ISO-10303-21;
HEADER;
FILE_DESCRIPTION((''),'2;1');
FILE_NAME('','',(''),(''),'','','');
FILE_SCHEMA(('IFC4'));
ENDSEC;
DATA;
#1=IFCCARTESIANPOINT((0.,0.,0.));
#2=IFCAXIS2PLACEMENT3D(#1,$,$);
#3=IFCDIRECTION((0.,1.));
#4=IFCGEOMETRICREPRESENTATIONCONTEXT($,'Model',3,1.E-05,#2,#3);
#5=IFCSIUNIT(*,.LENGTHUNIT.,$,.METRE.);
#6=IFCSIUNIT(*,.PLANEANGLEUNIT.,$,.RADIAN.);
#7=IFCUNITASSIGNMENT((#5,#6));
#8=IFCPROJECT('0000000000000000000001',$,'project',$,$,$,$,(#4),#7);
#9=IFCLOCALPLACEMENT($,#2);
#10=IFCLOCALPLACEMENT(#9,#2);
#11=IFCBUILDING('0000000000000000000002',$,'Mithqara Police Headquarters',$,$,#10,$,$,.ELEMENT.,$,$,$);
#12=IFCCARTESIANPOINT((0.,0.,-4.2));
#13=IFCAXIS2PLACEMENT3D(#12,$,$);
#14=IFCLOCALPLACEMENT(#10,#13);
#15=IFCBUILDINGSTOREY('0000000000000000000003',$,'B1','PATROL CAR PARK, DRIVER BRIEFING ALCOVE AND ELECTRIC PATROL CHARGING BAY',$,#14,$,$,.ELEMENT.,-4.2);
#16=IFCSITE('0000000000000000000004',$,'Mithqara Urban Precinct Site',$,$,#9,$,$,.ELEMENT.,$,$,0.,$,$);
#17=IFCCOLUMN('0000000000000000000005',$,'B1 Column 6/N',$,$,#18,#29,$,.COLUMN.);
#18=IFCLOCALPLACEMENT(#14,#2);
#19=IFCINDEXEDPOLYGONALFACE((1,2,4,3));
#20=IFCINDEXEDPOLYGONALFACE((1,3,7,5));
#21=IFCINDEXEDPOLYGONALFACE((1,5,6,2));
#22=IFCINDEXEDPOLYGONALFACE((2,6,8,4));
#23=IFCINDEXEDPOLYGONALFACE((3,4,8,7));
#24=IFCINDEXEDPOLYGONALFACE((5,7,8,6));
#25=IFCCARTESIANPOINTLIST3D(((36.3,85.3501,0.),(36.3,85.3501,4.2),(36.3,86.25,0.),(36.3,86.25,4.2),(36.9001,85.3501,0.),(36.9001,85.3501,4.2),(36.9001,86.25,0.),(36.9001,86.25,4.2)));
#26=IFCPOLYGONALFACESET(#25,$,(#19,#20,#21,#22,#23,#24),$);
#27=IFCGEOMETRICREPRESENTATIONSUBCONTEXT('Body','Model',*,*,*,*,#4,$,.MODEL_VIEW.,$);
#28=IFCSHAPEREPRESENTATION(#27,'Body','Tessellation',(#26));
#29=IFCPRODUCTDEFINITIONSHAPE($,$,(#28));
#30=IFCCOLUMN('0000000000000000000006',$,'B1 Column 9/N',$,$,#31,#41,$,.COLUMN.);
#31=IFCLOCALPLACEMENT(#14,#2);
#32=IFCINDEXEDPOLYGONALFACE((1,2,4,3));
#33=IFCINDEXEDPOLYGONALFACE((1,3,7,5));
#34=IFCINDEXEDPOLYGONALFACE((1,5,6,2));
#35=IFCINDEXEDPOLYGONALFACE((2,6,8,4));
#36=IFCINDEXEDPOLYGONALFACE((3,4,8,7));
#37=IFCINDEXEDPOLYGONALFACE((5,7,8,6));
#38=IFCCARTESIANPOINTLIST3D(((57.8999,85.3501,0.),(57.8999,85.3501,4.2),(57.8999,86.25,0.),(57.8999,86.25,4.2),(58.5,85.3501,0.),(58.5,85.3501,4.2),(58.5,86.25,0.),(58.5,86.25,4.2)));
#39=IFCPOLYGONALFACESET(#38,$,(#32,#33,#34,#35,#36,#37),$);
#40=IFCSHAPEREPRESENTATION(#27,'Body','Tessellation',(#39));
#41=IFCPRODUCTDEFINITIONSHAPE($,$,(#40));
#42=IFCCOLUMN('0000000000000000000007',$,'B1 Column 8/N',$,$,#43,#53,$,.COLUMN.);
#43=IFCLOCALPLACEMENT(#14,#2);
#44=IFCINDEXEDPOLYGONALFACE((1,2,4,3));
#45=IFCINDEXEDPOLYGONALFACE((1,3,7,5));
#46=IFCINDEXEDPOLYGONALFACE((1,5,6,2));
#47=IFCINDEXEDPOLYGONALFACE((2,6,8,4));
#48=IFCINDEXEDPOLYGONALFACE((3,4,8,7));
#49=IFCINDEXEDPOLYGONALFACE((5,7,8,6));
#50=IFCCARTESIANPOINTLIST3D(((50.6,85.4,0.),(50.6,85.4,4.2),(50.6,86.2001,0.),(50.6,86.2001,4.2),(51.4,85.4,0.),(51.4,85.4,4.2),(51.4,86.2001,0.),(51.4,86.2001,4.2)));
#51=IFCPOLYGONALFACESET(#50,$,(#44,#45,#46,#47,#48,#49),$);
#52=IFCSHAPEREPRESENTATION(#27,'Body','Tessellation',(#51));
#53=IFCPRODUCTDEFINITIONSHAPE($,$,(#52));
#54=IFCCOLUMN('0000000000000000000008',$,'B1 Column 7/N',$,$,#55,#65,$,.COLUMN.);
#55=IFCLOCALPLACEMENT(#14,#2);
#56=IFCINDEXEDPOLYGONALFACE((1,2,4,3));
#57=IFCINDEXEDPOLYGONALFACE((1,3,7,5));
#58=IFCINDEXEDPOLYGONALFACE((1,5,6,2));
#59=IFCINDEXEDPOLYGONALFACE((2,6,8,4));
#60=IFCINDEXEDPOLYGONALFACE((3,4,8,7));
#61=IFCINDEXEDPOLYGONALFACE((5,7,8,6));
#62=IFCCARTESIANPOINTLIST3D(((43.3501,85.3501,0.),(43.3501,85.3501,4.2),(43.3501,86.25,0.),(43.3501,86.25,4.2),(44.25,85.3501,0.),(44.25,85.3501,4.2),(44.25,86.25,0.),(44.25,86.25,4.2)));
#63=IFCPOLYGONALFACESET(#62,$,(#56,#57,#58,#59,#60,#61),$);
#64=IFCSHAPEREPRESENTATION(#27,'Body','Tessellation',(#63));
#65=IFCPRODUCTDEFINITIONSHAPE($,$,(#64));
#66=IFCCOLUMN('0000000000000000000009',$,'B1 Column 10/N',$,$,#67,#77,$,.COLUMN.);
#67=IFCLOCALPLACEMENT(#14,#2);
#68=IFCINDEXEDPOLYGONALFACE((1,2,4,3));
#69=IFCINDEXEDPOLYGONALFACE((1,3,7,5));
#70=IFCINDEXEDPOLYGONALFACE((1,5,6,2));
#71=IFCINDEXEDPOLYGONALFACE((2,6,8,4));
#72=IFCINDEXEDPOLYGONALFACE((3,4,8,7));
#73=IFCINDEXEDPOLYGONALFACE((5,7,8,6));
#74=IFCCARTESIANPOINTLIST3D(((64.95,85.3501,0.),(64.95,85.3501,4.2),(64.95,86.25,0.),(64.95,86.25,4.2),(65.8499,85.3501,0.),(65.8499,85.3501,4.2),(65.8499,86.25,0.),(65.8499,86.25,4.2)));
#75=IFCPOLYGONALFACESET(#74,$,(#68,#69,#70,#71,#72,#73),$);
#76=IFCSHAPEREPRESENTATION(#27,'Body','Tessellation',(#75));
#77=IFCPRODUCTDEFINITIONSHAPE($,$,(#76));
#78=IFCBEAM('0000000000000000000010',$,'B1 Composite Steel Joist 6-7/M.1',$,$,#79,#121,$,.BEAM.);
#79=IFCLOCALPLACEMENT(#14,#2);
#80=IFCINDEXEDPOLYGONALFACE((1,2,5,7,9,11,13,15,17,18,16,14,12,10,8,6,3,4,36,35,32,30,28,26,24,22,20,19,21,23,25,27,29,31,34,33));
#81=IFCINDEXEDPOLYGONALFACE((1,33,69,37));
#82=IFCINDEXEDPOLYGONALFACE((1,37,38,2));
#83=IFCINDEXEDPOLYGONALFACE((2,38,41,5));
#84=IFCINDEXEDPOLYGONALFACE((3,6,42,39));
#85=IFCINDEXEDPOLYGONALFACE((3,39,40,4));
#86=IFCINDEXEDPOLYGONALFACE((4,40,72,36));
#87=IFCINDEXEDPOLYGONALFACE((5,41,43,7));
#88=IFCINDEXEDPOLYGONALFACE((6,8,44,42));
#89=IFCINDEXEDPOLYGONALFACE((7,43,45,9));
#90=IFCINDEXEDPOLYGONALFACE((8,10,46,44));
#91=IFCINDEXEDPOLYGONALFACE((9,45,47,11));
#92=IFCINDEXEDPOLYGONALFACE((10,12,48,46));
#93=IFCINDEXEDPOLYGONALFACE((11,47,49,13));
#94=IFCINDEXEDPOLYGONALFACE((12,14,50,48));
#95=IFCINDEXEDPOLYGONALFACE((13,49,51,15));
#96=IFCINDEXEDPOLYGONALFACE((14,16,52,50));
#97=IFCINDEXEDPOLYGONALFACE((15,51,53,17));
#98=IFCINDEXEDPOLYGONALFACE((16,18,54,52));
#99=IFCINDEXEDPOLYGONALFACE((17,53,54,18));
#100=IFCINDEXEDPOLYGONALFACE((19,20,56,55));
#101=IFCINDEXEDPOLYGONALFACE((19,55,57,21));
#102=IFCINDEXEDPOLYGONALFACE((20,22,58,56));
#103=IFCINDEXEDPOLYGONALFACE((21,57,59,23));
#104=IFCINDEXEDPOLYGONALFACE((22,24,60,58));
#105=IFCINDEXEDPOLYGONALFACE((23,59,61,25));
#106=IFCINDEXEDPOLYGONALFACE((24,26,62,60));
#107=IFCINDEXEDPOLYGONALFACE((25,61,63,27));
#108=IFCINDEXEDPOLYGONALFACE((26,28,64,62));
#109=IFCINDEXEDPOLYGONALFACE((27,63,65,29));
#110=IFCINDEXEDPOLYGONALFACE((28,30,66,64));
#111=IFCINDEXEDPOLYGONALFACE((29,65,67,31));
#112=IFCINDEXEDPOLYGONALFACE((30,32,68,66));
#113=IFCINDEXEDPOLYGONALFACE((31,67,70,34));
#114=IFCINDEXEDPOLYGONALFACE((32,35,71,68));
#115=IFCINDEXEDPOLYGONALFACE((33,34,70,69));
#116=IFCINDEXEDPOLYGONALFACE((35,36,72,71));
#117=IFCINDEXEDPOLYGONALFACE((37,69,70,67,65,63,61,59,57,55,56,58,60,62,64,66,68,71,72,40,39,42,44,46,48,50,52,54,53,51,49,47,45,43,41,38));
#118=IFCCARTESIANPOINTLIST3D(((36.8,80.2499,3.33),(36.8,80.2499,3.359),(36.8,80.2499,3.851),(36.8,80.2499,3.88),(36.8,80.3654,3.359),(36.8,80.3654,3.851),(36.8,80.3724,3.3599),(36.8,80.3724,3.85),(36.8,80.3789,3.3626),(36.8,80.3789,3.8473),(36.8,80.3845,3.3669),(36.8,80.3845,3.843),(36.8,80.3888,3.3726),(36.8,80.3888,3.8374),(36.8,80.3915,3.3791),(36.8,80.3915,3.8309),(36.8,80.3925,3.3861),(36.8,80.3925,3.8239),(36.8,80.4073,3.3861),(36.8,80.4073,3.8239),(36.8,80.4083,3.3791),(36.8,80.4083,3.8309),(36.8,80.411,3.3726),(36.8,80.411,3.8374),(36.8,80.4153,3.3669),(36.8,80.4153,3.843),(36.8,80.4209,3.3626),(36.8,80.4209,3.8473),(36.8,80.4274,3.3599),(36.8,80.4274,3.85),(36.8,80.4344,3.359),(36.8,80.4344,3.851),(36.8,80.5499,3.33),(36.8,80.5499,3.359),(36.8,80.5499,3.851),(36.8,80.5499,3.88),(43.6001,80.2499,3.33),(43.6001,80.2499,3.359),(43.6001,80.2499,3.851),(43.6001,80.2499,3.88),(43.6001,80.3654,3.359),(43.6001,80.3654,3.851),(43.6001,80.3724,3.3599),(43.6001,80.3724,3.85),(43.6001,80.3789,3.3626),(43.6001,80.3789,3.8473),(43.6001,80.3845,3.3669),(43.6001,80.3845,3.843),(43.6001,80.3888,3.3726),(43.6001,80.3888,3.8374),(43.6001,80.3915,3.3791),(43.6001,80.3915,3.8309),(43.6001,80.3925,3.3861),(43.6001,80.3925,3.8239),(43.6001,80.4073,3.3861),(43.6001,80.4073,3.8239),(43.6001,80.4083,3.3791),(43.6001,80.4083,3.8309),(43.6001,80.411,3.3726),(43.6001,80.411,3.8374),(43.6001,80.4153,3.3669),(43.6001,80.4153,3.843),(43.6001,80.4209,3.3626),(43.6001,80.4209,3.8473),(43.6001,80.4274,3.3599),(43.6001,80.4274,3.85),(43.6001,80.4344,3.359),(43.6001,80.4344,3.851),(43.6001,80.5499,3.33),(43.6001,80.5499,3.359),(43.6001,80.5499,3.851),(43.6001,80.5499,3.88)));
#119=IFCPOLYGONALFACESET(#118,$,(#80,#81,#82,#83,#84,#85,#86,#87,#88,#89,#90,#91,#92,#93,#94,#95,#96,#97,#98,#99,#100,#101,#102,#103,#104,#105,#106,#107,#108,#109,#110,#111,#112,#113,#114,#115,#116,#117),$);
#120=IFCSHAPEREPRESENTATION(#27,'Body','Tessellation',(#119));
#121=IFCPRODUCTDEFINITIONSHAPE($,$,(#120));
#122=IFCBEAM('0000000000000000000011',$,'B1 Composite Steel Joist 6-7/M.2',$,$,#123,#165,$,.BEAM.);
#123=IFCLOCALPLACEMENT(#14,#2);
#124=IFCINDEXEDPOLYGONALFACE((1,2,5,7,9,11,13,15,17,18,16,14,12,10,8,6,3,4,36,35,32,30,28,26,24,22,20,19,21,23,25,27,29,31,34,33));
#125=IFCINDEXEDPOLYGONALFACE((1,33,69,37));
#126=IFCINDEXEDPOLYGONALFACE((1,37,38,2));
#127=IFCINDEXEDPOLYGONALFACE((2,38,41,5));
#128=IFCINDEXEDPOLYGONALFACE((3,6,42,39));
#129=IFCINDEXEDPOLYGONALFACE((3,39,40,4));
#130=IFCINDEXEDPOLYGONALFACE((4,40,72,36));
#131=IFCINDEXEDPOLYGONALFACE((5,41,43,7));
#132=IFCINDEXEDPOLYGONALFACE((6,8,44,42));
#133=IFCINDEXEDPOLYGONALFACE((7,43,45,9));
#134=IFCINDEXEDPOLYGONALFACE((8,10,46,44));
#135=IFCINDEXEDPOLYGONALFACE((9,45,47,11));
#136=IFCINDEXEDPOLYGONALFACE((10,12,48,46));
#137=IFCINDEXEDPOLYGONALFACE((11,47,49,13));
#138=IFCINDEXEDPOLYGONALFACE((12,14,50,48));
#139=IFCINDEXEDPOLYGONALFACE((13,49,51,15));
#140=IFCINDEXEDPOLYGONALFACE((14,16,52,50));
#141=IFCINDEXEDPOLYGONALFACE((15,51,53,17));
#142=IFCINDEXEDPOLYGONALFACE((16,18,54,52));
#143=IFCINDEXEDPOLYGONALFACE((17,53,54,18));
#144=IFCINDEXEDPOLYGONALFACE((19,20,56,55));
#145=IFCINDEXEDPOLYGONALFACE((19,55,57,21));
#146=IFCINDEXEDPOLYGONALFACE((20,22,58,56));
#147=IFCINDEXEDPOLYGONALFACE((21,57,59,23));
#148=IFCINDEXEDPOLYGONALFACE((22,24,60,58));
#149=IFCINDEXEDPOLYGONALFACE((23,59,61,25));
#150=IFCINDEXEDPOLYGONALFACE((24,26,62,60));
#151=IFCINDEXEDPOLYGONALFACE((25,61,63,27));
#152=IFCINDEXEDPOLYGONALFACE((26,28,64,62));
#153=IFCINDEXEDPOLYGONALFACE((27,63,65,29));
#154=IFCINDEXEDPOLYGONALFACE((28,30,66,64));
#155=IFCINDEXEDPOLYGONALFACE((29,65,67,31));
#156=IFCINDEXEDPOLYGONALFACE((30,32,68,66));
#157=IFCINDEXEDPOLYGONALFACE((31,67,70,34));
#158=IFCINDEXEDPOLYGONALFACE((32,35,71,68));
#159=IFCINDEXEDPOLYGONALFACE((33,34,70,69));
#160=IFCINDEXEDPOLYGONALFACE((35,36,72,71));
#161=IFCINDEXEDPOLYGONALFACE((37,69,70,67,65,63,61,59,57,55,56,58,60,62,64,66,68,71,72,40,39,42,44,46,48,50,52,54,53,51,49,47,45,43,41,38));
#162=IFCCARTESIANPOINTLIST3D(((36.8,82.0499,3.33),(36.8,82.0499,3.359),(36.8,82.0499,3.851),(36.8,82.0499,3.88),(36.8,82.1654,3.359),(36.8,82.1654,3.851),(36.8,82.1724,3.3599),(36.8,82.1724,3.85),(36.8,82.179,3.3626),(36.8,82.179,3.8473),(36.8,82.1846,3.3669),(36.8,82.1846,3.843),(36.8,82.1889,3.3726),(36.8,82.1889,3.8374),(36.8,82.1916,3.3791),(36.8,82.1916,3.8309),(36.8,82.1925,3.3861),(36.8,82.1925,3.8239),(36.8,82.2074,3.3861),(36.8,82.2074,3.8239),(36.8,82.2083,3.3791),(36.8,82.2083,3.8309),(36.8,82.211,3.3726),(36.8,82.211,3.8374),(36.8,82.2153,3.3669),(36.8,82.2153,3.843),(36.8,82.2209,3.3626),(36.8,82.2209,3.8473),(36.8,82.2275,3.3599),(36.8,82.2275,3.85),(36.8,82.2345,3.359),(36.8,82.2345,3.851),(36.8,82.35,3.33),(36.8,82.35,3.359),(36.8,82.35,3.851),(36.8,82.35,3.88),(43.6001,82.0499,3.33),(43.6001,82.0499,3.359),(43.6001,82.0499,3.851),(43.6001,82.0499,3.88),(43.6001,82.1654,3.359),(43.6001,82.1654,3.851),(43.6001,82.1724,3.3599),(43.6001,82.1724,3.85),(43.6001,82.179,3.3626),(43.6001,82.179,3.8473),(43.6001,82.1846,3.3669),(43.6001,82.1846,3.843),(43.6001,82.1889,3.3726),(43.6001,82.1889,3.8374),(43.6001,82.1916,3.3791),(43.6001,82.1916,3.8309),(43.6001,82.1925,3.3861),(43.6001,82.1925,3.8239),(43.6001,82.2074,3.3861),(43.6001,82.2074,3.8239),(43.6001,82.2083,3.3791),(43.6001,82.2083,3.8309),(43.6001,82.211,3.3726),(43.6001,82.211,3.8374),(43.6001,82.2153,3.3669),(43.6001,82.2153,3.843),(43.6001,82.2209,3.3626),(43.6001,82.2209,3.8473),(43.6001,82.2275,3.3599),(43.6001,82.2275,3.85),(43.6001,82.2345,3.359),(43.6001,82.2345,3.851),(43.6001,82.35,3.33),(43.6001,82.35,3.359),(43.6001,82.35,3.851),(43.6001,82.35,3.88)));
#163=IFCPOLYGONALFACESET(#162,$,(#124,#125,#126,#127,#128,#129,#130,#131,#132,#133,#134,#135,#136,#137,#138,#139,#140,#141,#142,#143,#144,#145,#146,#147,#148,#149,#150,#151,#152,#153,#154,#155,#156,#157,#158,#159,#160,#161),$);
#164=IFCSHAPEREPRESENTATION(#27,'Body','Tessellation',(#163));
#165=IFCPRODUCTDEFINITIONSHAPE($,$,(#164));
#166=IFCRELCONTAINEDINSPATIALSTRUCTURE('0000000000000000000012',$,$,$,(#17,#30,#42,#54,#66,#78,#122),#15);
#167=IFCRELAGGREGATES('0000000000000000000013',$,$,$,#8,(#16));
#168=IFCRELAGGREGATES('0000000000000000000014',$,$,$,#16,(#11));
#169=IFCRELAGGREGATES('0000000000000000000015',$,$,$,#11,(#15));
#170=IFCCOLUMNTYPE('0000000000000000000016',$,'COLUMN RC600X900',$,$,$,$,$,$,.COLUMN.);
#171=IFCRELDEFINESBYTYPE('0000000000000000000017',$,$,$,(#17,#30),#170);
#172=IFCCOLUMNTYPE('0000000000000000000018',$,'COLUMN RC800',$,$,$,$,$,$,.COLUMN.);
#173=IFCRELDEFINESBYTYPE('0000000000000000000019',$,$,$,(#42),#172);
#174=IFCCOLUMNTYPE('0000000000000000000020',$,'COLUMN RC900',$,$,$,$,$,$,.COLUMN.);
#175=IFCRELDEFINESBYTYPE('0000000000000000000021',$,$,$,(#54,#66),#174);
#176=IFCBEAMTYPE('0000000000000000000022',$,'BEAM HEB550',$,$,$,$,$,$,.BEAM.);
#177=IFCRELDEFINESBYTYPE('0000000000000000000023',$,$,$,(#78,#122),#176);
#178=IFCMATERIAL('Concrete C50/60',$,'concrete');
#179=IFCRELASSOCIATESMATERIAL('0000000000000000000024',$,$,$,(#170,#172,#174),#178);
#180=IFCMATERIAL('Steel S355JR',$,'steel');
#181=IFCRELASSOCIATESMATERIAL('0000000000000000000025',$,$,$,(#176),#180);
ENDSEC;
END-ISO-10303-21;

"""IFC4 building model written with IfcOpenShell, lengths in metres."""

from ifc_helpers import new_model, si_unit, direction, frame, origin, origin_2d, place, context, subcontext, project, spatial, rectangle, i_section, extrude, material, material_profile, profile_set, type_object, element, save


model = new_model("IFC4")

# Units and contexts
model_context = context("Model", 3, precision=1e-05, world=origin(), true_north=direction((0.0, 1.0)))
body_context = subcontext(model_context, "Body", "Model", "MODEL_VIEW")
ifc_project = project(units=[si_unit("LENGTHUNIT", "METRE"), si_unit("PLANEANGLEUNIT", "RADIAN")], contexts=[model_context])

# Site, building, storey
site_placement = place(None, origin())
site = spatial("IfcSite", under=ifc_project, at=site_placement, Name="Mithqara Urban Precinct Site", CompositionType="ELEMENT", RefElevation=0.0)
building_placement = place(site_placement, origin())
building = spatial("IfcBuilding", under=site, at=building_placement, Name="Mithqara Police Headquarters", CompositionType="ELEMENT")
storey_placement = place(building_placement, frame((0.0, 0.0, -4.2)))
storey = spatial("IfcBuildingStorey", under=building, at=storey_placement, Name="B1", Description="PATROL CAR PARK, DRIVER BRIEFING ALCOVE AND ELECTRIC PATROL CHARGING BAY", CompositionType="ELEMENT", Elevation=-4.2)

# Columns
ifc_material_1 = material(Name="Concrete C50/60", Category="concrete")
ifc_material_profile_1 = material_profile(ifc_material_1, rectangle(XDim=0.6001, YDim=0.8999, at=origin_2d()), Name="RC 600x900")
ifc_profile_set_1 = profile_set([ifc_material_profile_1], Name="Concrete C50/60")
column_type_1 = type_object("IfcColumnType", Name="COLUMN RC600X900", PredefinedType="COLUMN", material=ifc_profile_set_1)
for number, where, z_axis, x_axis, name in (
    (1, (36.6001, 85.8, 0.0), (0.0, 0.0, 1.0), (1.0, 0.0, 0.0), "B1 Column 6/N"),
    (2, (58.2, 85.8, 0.0), (0.0, 0.0, 1.0), (1.0, 0.0, 0.0), "B1 Column 9/N"),
):
    element("IfcColumn", number, at=place(storey_placement, frame(where, z_axis=z_axis, x_axis=x_axis)), inside=storey, type_object=column_type_1, Name=name, PredefinedType="COLUMN", context=body_context, shape_type="SweptSolid", body=[
        extrude(rectangle(XDim=0.6001, YDim=0.8999, at=origin_2d()), origin(), (0.0, 0.0, 1.0), 4.2),
    ])
ifc_material_profile_2 = material_profile(ifc_material_1, rectangle(XDim=0.8, YDim=0.8, at=origin_2d()), Name="RC 800x800")
ifc_profile_set_2 = profile_set([ifc_material_profile_2], Name="Concrete C50/60")
column_type_2 = type_object("IfcColumnType", Name="COLUMN RC800", PredefinedType="COLUMN", material=ifc_profile_set_2)
column_placement = place(storey_placement, frame((51.0, 85.8, 0.0), z_axis=(0.0, 0.0, 1.0), x_axis=(1.0, 0.0, 0.0)))
element("IfcColumn", 3, at=column_placement, inside=storey, type_object=column_type_2, Name="B1 Column 8/N", PredefinedType="COLUMN", context=body_context, shape_type="SweptSolid", body=[
    extrude(rectangle(XDim=0.8, YDim=0.8, at=origin_2d()), origin(), (0.0, 0.0, 1.0), 4.2),
])
ifc_material_profile_3 = material_profile(ifc_material_1, rectangle(XDim=0.8999, YDim=0.8999, at=origin_2d()), Name="RC 900x900")
ifc_profile_set_3 = profile_set([ifc_material_profile_3], Name="Concrete C50/60")
column_type_3 = type_object("IfcColumnType", Name="COLUMN RC900", PredefinedType="COLUMN", material=ifc_profile_set_3)
for number, where, z_axis, x_axis, name in (
    (4, (43.8, 85.8, 0.0), (0.0, 0.0, 1.0), (1.0, 0.0, 0.0), "B1 Column 7/N"),
    (5, (65.3999, 85.8, 0.0), (0.0, 0.0, 1.0), (1.0, 0.0, 0.0), "B1 Column 10/N"),
):
    element("IfcColumn", number, at=place(storey_placement, frame(where, z_axis=z_axis, x_axis=x_axis)), inside=storey, type_object=column_type_3, Name=name, PredefinedType="COLUMN", context=body_context, shape_type="SweptSolid", body=[
        extrude(rectangle(XDim=0.8999, YDim=0.8999, at=origin_2d()), origin(), (0.0, 0.0, 1.0), 4.2),
    ])

# Beams
ifc_material_2 = material(Name="Steel S355JR", Category="steel")
ifc_material_profile_4 = material_profile(ifc_material_2, i_section(OverallWidth=0.3, OverallDepth=0.55, WebThickness=0.0149, FlangeThickness=0.0291, FilletRadius=0.0271, at=origin_2d()), Name="HEB 550")
ifc_profile_set_4 = profile_set([ifc_material_profile_4], Name="Steel S355JR")
beam_type_1 = type_object("IfcBeamType", Name="BEAM HEB550", PredefinedType="BEAM", material=ifc_profile_set_4)
for number, where, z_axis, x_axis, name in (
    (6, (36.8, 80.3999, 3.605), (1.0, 0.0, 0.0), (0.0, 1.0, 0.0), "B1 Composite Steel Joist 6-7/M.1"),
    (7, (36.8, 82.2, 3.605), (1.0, 0.0, 0.0), (0.0, 1.0, 0.0), "B1 Composite Steel Joist 6-7/M.2"),
):
    element("IfcBeam", number, at=place(storey_placement, frame(where, z_axis=z_axis, x_axis=x_axis)), inside=storey, type_object=beam_type_1, Name=name, PredefinedType="BEAM", context=body_context, shape_type="SweptSolid", body=[
        extrude(i_section(OverallWidth=0.3, OverallDepth=0.55, WebThickness=0.0149, FlangeThickness=0.0291, FilletRadius=0.0271, at=origin_2d()), origin(), (0.0, 0.0, 1.0), 6.8),
    ])

save(model, "model.ifc")
